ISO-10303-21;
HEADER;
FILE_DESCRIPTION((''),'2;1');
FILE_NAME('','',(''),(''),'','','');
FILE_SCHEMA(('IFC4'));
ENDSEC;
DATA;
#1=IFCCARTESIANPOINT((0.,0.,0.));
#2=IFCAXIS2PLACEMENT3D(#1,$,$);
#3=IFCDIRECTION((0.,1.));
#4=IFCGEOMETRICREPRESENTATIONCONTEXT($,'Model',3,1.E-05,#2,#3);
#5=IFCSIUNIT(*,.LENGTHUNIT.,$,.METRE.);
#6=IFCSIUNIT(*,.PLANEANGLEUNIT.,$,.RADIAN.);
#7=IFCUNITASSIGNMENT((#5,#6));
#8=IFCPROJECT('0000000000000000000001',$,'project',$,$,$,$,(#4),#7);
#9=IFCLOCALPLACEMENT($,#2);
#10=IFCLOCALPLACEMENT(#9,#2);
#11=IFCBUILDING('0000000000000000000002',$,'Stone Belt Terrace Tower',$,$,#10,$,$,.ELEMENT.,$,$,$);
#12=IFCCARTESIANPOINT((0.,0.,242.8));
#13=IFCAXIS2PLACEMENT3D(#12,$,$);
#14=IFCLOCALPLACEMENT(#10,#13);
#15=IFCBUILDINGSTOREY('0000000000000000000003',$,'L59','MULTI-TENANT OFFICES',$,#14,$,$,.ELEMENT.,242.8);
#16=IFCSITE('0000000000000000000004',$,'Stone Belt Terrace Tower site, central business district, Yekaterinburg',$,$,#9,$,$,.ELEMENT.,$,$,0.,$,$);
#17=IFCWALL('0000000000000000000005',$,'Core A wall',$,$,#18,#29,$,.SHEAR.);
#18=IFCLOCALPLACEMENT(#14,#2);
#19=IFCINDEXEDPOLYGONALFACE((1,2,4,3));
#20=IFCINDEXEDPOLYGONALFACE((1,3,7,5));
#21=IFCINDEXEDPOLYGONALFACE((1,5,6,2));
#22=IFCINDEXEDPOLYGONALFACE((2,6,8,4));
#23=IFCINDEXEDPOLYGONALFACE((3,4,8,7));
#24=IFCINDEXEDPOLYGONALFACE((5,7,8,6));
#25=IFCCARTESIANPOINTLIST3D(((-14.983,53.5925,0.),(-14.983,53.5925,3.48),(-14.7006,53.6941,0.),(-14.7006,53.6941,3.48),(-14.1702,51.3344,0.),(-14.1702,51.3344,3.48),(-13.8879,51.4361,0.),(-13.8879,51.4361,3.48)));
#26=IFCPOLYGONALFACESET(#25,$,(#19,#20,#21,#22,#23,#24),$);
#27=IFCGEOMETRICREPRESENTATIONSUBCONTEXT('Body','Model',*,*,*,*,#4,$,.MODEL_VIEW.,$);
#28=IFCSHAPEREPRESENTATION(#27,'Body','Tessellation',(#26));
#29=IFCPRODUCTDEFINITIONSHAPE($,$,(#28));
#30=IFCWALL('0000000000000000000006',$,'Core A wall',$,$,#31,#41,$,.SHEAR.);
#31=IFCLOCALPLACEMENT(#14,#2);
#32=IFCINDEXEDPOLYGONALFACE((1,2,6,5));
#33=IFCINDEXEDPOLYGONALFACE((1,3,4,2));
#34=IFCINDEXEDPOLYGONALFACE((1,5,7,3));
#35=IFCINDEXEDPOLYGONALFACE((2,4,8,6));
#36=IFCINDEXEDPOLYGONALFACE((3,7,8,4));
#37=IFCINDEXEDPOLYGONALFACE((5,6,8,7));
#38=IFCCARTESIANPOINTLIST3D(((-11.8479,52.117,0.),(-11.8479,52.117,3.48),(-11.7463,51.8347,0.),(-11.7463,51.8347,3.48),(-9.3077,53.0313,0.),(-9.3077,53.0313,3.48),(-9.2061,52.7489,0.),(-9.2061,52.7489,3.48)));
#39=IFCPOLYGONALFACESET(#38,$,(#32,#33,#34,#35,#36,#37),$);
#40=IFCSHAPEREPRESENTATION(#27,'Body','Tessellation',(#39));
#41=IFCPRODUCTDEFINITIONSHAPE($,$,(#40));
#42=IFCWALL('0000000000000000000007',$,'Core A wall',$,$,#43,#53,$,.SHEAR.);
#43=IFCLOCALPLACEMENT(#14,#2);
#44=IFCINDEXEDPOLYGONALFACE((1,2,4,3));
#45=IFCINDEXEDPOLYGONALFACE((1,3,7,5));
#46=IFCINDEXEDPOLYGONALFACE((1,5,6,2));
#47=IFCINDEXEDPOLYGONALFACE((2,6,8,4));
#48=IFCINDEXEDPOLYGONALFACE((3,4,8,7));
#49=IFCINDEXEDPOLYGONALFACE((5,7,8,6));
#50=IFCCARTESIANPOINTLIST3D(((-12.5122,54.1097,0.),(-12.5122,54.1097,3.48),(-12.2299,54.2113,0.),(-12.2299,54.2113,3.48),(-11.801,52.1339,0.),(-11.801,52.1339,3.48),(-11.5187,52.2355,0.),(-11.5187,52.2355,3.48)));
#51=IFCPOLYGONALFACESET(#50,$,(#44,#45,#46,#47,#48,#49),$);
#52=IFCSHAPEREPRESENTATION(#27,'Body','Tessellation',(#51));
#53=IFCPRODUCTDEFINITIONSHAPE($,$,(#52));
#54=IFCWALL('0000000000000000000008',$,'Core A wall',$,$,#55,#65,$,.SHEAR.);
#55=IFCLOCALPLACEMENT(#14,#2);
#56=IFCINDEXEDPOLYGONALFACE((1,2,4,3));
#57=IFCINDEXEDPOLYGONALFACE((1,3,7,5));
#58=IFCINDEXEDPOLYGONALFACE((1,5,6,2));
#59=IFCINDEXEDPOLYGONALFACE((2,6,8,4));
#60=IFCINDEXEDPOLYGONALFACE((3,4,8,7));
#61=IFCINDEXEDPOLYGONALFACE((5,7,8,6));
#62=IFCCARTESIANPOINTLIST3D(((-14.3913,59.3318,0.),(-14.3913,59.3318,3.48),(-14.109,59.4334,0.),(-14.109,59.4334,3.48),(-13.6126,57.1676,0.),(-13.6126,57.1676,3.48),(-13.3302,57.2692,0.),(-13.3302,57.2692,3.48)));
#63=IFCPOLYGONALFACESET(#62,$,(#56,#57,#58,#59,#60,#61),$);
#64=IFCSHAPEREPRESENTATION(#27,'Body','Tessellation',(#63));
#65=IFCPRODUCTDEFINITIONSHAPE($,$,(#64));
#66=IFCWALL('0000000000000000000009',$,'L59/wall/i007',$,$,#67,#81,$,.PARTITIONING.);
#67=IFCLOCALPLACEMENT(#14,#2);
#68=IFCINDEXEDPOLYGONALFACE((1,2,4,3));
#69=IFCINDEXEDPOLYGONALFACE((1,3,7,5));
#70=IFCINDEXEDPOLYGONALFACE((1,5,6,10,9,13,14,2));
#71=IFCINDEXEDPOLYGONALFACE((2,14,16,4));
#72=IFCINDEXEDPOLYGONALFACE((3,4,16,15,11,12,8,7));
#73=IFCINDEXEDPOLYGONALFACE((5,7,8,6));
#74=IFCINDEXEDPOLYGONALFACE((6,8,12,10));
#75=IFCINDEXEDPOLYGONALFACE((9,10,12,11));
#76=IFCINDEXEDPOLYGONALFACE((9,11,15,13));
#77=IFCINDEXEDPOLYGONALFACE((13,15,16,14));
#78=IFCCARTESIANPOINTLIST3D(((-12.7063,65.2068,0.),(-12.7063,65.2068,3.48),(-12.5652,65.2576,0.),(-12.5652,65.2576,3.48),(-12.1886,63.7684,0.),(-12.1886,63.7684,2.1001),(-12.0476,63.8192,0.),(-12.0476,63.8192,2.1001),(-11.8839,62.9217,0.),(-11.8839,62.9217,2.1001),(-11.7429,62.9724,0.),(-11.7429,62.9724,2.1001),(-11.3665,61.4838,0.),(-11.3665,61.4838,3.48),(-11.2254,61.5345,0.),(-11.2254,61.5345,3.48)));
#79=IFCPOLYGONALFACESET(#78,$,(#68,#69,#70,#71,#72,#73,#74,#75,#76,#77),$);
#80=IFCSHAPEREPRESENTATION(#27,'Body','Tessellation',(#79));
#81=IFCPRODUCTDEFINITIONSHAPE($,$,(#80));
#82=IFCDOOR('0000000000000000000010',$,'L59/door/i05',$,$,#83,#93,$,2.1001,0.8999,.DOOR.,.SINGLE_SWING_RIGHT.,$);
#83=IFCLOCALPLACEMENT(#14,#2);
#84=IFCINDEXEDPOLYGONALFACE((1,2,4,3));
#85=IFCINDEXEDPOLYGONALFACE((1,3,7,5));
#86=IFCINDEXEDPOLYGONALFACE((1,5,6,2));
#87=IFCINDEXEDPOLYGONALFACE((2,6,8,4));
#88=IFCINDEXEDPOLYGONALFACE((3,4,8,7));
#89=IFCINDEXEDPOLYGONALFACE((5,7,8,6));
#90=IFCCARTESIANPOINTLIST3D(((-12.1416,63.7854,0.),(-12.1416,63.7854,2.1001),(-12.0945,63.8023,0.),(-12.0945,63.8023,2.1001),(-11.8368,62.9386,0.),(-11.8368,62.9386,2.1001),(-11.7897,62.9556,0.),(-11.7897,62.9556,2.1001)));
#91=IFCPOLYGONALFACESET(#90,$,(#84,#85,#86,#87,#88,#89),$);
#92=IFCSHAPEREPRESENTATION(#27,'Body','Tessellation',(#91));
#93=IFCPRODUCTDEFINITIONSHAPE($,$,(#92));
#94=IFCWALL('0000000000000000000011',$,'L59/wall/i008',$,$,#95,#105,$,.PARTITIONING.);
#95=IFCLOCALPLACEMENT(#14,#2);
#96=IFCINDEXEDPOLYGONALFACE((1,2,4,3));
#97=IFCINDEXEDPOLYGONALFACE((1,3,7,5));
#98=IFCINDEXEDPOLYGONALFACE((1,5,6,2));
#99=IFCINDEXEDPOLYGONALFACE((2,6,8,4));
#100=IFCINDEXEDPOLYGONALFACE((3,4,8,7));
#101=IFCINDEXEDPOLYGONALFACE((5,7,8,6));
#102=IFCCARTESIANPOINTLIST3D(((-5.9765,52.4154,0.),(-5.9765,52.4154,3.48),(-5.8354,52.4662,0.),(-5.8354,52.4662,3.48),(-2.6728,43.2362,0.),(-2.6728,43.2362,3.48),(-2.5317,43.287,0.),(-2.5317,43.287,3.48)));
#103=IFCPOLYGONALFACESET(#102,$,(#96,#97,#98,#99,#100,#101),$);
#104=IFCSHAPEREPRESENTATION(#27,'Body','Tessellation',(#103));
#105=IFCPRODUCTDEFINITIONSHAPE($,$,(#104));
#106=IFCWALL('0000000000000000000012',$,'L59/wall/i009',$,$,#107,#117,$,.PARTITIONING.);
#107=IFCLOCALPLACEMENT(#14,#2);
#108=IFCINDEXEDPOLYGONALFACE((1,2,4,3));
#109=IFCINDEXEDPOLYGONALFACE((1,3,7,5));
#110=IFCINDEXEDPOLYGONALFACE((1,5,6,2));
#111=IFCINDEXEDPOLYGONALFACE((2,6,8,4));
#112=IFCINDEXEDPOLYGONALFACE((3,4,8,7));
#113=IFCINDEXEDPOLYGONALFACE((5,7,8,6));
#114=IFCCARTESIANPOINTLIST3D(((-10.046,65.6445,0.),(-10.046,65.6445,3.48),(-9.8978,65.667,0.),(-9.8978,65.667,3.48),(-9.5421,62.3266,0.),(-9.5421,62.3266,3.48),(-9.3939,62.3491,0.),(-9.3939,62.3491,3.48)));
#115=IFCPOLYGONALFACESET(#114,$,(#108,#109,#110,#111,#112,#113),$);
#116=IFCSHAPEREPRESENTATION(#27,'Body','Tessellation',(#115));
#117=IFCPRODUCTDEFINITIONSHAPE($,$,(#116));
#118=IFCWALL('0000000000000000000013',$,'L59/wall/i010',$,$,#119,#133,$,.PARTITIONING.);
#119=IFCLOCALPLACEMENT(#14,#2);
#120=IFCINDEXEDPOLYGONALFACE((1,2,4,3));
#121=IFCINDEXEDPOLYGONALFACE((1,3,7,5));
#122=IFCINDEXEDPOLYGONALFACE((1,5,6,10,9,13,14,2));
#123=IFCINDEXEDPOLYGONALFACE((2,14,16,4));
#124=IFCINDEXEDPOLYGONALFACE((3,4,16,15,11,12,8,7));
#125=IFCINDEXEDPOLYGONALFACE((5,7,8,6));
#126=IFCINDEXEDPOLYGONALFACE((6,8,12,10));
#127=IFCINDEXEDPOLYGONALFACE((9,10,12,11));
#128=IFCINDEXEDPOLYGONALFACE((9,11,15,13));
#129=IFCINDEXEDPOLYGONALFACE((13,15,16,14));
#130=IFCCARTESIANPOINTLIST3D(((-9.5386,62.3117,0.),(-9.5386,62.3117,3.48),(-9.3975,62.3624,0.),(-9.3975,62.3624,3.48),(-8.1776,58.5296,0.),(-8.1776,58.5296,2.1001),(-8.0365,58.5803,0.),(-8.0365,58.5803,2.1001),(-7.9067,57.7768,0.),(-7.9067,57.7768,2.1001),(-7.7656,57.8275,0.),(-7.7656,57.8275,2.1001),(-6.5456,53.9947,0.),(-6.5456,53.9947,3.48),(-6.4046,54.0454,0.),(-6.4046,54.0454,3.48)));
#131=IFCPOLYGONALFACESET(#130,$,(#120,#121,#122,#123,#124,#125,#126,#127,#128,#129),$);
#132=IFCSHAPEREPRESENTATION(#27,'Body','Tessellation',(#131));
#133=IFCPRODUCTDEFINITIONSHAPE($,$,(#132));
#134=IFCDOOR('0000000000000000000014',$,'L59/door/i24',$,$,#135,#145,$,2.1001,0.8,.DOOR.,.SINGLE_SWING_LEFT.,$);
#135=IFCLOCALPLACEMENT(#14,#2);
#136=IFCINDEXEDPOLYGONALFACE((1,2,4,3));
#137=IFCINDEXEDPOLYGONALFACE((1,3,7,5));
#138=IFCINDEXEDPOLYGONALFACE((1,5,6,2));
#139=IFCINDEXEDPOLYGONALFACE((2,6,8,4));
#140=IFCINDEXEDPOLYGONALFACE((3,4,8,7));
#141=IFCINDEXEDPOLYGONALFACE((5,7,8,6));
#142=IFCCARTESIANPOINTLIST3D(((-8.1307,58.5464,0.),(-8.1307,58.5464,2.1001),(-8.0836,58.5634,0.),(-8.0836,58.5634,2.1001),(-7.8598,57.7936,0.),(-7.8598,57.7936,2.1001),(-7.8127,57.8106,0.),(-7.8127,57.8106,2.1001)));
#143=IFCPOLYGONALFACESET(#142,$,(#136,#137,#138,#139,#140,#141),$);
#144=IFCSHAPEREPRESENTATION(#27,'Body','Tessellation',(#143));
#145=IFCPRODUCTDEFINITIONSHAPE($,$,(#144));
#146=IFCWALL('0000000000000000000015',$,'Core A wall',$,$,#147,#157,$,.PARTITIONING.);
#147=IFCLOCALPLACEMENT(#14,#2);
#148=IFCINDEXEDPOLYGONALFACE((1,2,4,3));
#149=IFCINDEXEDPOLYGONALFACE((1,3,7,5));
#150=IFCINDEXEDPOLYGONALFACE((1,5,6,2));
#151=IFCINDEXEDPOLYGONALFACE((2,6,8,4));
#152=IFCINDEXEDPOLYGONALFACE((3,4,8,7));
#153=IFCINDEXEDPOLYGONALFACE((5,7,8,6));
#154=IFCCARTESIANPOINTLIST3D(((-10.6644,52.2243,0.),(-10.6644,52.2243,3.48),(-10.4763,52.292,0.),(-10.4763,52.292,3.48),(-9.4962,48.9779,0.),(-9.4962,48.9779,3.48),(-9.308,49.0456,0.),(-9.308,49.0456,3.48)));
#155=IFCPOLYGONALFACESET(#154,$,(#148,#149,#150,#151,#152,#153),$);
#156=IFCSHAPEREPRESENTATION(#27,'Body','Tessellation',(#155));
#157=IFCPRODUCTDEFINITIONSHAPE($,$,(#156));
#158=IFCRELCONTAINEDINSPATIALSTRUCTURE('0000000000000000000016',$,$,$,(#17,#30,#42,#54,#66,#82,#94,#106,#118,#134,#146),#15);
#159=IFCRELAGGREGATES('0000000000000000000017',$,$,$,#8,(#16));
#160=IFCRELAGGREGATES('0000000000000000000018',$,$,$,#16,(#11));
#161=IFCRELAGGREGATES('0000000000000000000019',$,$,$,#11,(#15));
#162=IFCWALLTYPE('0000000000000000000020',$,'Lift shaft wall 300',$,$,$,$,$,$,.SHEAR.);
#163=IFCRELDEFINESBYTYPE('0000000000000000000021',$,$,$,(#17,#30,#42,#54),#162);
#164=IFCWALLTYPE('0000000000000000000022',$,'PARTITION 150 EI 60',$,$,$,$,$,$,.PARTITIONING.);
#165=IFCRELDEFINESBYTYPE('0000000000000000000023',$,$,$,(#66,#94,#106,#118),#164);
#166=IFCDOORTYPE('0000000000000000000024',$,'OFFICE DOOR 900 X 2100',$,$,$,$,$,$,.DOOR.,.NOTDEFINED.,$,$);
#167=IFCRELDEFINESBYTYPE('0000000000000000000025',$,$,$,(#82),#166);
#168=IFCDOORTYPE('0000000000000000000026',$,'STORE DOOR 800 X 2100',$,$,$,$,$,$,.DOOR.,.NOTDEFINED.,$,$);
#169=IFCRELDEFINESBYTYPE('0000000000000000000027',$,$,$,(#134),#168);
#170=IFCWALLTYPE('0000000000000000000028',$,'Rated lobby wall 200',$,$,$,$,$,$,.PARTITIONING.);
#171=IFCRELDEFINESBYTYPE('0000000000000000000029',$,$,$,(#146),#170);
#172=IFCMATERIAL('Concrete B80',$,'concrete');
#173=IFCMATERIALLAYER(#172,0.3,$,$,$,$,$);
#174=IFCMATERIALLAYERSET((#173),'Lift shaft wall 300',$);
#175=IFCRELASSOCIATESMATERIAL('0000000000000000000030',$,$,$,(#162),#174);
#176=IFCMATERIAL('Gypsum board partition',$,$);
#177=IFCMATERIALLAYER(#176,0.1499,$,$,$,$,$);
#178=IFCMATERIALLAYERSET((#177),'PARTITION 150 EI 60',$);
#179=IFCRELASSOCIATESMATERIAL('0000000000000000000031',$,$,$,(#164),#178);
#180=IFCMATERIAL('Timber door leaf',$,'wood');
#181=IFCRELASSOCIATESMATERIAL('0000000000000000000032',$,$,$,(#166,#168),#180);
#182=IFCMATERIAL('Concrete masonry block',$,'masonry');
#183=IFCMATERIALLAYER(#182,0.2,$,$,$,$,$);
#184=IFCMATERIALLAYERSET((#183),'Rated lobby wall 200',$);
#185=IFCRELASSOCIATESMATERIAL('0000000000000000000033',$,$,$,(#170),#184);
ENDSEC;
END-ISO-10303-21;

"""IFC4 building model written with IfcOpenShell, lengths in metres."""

from ifc_helpers import new_model, si_unit, direction, frame, frame_2d, origin, place, context, subcontext, project, spatial, rectangle, extrude, material, layer, layer_set, type_object, element, fill, save


model = new_model("IFC4")

# Units and contexts
model_context = context("Model", 3, precision=1e-05, world=origin(), true_north=direction((0.0, 1.0)))
body_context = subcontext(model_context, "Body", "Model", "MODEL_VIEW")
ifc_project = project(units=[si_unit("LENGTHUNIT", "METRE"), si_unit("PLANEANGLEUNIT", "RADIAN")], contexts=[model_context])

# Site, building, storey
site_placement = place(None, origin())
site = spatial("IfcSite", under=ifc_project, at=site_placement, Name="Stone Belt Terrace Tower site, central business district, Yekaterinburg", CompositionType="ELEMENT", RefElevation=0.0)
building_placement = place(site_placement, origin())
building = spatial("IfcBuilding", under=site, at=building_placement, Name="Stone Belt Terrace Tower", CompositionType="ELEMENT")
storey_placement = place(building_placement, frame((0.0, 0.0, 242.8)))
storey = spatial("IfcBuildingStorey", under=building, at=storey_placement, Name="L59", Description="MULTI-TENANT OFFICES", CompositionType="ELEMENT", Elevation=242.8)

# Shared definitions
ifc_material_1 = material(Name="Timber door leaf", Category="wood")

# Walls
ifc_material_2 = material(Name="Concrete B80", Category="concrete")
ifc_layer_1 = layer(ifc_material_2, 0.3)
ifc_layer_set_1 = layer_set([ifc_layer_1], Name="Lift shaft wall 300")
wall_type_1 = type_object("IfcWallType", Name="Lift shaft wall 300", PredefinedType="SHEAR", material=ifc_layer_set_1)
wall_1_placement = place(storey_placement, frame((-14.0291, 51.3853, 0.0), z_axis=(0.0, 0.0, 1.0), x_axis=(-0.338662, 0.940908, 0.0)))
element("IfcWall", 1, at=wall_1_placement, inside=storey, type_object=wall_type_1, Name="Core A wall", PredefinedType="SHEAR", context=body_context, shape_type="SweptSolid", body=[
    extrude(rectangle(XDim=2.3999, YDim=0.3, at=frame_2d((1.2, 0.0))), origin(), (0.0, 0.0, 1.0), 3.48),
])
wall_2_placement = place(storey_placement, frame((-11.7971, 51.9758, 0.0), z_axis=(0.0, 0.0, 1.0), x_axis=(0.94091, 0.338655, 0.0)))
element("IfcWall", 2, at=wall_2_placement, inside=storey, type_object=wall_type_1, Name="Core A wall", PredefinedType="SHEAR", context=body_context, shape_type="SweptSolid", body=[
    extrude(rectangle(XDim=2.6997, YDim=0.3, at=frame_2d((1.3499, 0.0))), origin(), (0.0, 0.0, 1.0), 3.48),
])
wall_3_placement = place(storey_placement, frame((-11.6599, 52.1848, 0.0), z_axis=(0.0, 0.0, 1.0), x_axis=(-0.33867, 0.940905, 0.0)))
element("IfcWall", 3, at=wall_3_placement, inside=storey, type_object=wall_type_1, Name="Core A wall", PredefinedType="SHEAR", context=body_context, shape_type="SweptSolid", body=[
    extrude(rectangle(XDim=2.0999, YDim=0.3, at=frame_2d((1.0498, 0.0))), origin(), (0.0, 0.0, 1.0), 3.48),
])
wall_4_placement = place(storey_placement, frame((-13.4714, 57.2185, 0.0), z_axis=(0.0, 0.0, 1.0), x_axis=(-0.338588, 0.940935, 0.0)))
element("IfcWall", 4, at=wall_4_placement, inside=storey, type_object=wall_type_1, Name="Core A wall", PredefinedType="SHEAR", context=body_context, shape_type="SweptSolid", body=[
    extrude(rectangle(XDim=2.3, YDim=0.3, at=frame_2d((1.1499, 0.0))), origin(), (0.0, 0.0, 1.0), 3.48),
])

# Wall, opening, door
ifc_material_3 = material(Name="Gypsum board partition")
ifc_layer_2 = layer(ifc_material_3, 0.1499)
ifc_layer_set_2 = layer_set([ifc_layer_2], Name="PARTITION 150 EI 60")
wall_type_2 = type_object("IfcWallType", Name="PARTITION 150 EI 60", PredefinedType="PARTITIONING", material=ifc_layer_set_2)
wall_5_placement = place(storey_placement, frame((-11.2959, 61.509, 0.0), z_axis=(0.0, 0.0, 1.0), x_axis=(-0.33861, 0.940927, 0.0)))
wall_5 = element("IfcWall", 5, at=wall_5_placement, inside=storey, type_object=wall_type_2, Name="L59/wall/i007", PredefinedType="PARTITIONING", context=body_context, shape_type="SweptSolid", body=[
    extrude(rectangle(XDim=3.9568, YDim=0.1499, at=frame_2d((1.9785, 0.0))), origin(), (0.0, 0.0, 1.0), 3.48),
])
opening_1_placement = place(wall_5_placement, frame((1.5283, 0.0, 0.0)))
opening_1 = element("IfcOpeningElement", 6, at=opening_1_placement, cuts=wall_5, PredefinedType="OPENING", context=body_context, shape_type="SweptSolid", body=[
    extrude(rectangle(XDim=0.8999, YDim=2.1001, at=frame_2d((0.45, 1.05))), frame((0.0, 0.085, 0.0), z_axis=(0.0, -1.0, 0.0), x_axis=(1.0, 0.0, 0.0)), (0.0, 0.0, 1.0), 0.1699),
])
door_type_1 = type_object("IfcDoorType", Name="OFFICE DOOR 900 X 2100", OperationType="NOTDEFINED", PredefinedType="DOOR", material=ifc_material_1)
door_1_placement = place(opening_1_placement, origin())
door_1 = element("IfcDoor", 7, at=door_1_placement, inside=storey, type_object=door_type_1, Name="L59/door/i05", OperationType="SINGLE_SWING_RIGHT", OverallHeight=2.1001, OverallWidth=0.8999, PredefinedType="DOOR", context=body_context, shape_type="SweptSolid", body=[
    extrude(rectangle(XDim=0.8999, YDim=2.1001, at=frame_2d((0.45, 1.05))), frame((0.0, 0.0249, 0.0), z_axis=(0.0, -1.0, 0.0), x_axis=(1.0, 0.0, 0.0)), (0.0, 0.0, 1.0), 0.05),
])
fill(opening_1, door_1)

# Walls
wall_6_placement = place(storey_placement, frame((-5.906, 52.4409, 0.0), z_axis=(0.0, 0.0, 1.0), x_axis=(0.338647, -0.940914, 0.0)))
element("IfcWall", 8, at=wall_6_placement, inside=storey, type_object=wall_type_2, Name="L59/wall/i008", PredefinedType="PARTITIONING", context=body_context, shape_type="SweptSolid", body=[
    extrude(rectangle(XDim=9.7556, YDim=0.1499, at=frame_2d((4.8779, 0.0))), origin(), (0.0, 0.0, 1.0), 3.48),
])
wall_7_placement = place(storey_placement, frame((-9.9719, 65.6558, 0.0), z_axis=(0.0, 0.0, 1.0), x_axis=(0.150154, -0.988663, 0.0)))
element("IfcWall", 9, at=wall_7_placement, inside=storey, type_object=wall_type_2, Name="L59/wall/i009", PredefinedType="PARTITIONING", context=body_context, shape_type="SweptSolid", body=[
    extrude(rectangle(XDim=3.356, YDim=0.1499, at=frame_2d((1.678, 0.0))), origin(), (0.0, 0.0, 1.0), 3.48),
])

# Wall, opening, door
wall_8_placement = place(storey_placement, frame((-9.468, 62.3369, 0.0), z_axis=(0.0, 0.0, 1.0), x_axis=(0.338603, -0.940929, 0.0)))
wall_8 = element("IfcWall", 10, at=wall_8_placement, inside=storey, type_object=wall_type_2, Name="L59/wall/i010", PredefinedType="PARTITIONING", context=body_context, shape_type="SweptSolid", body=[
    extrude(rectangle(XDim=8.8391, YDim=0.1499, at=frame_2d((4.4194, 0.0))), origin(), (0.0, 0.0, 1.0), 3.48),
])
opening_2_placement = place(wall_8_placement, frame((4.0195, 0.0, 0.0)))
opening_2 = element("IfcOpeningElement", 11, at=opening_2_placement, cuts=wall_8, PredefinedType="OPENING", context=body_context, shape_type="SweptSolid", body=[
    extrude(rectangle(XDim=0.8, YDim=2.1001, at=frame_2d((0.3999, 1.05))), frame((0.0, 0.085, 0.0), z_axis=(0.0, -1.0, 0.0), x_axis=(1.0, 0.0, 0.0)), (0.0, 0.0, 1.0), 0.1699),
])
door_type_2 = type_object("IfcDoorType", Name="STORE DOOR 800 X 2100", OperationType="NOTDEFINED", PredefinedType="DOOR", material=ifc_material_1)
door_2_placement = place(opening_2_placement, origin())
door_2 = element("IfcDoor", 12, at=door_2_placement, inside=storey, type_object=door_type_2, Name="L59/door/i24", OperationType="SINGLE_SWING_LEFT", OverallHeight=2.1001, OverallWidth=0.8, PredefinedType="DOOR", context=body_context, shape_type="SweptSolid", body=[
    extrude(rectangle(XDim=0.8, YDim=2.1001, at=frame_2d((0.3999, 1.05))), frame((0.0, 0.0249, 0.0), z_axis=(0.0, -1.0, 0.0), x_axis=(1.0, 0.0, 0.0)), (0.0, 0.0, 1.0), 0.05),
])
fill(opening_2, door_2)

# Wall
ifc_material_4 = material(Name="Concrete masonry block", Category="masonry")
ifc_layer_3 = layer(ifc_material_4, 0.2)
ifc_layer_set_3 = layer_set([ifc_layer_3], Name="Rated lobby wall 200")
wall_type_3 = type_object("IfcWallType", Name="Rated lobby wall 200", PredefinedType="PARTITIONING", material=ifc_layer_set_3)
wall_9_placement = place(storey_placement, frame((-9.4021, 49.0117, 0.0), z_axis=(0.0, 0.0, 1.0), x_axis=(-0.338599, 0.940931, 0.0)))
element("IfcWall", 13, at=wall_9_placement, inside=storey, type_object=wall_type_3, Name="Core A wall", PredefinedType="PARTITIONING", context=body_context, shape_type="SweptSolid", body=[
    extrude(rectangle(XDim=3.4502, YDim=0.2, at=frame_2d((1.7251, 0.0))), origin(), (0.0, 0.0, 1.0), 3.48),
])

save(model, "model.ifc")
